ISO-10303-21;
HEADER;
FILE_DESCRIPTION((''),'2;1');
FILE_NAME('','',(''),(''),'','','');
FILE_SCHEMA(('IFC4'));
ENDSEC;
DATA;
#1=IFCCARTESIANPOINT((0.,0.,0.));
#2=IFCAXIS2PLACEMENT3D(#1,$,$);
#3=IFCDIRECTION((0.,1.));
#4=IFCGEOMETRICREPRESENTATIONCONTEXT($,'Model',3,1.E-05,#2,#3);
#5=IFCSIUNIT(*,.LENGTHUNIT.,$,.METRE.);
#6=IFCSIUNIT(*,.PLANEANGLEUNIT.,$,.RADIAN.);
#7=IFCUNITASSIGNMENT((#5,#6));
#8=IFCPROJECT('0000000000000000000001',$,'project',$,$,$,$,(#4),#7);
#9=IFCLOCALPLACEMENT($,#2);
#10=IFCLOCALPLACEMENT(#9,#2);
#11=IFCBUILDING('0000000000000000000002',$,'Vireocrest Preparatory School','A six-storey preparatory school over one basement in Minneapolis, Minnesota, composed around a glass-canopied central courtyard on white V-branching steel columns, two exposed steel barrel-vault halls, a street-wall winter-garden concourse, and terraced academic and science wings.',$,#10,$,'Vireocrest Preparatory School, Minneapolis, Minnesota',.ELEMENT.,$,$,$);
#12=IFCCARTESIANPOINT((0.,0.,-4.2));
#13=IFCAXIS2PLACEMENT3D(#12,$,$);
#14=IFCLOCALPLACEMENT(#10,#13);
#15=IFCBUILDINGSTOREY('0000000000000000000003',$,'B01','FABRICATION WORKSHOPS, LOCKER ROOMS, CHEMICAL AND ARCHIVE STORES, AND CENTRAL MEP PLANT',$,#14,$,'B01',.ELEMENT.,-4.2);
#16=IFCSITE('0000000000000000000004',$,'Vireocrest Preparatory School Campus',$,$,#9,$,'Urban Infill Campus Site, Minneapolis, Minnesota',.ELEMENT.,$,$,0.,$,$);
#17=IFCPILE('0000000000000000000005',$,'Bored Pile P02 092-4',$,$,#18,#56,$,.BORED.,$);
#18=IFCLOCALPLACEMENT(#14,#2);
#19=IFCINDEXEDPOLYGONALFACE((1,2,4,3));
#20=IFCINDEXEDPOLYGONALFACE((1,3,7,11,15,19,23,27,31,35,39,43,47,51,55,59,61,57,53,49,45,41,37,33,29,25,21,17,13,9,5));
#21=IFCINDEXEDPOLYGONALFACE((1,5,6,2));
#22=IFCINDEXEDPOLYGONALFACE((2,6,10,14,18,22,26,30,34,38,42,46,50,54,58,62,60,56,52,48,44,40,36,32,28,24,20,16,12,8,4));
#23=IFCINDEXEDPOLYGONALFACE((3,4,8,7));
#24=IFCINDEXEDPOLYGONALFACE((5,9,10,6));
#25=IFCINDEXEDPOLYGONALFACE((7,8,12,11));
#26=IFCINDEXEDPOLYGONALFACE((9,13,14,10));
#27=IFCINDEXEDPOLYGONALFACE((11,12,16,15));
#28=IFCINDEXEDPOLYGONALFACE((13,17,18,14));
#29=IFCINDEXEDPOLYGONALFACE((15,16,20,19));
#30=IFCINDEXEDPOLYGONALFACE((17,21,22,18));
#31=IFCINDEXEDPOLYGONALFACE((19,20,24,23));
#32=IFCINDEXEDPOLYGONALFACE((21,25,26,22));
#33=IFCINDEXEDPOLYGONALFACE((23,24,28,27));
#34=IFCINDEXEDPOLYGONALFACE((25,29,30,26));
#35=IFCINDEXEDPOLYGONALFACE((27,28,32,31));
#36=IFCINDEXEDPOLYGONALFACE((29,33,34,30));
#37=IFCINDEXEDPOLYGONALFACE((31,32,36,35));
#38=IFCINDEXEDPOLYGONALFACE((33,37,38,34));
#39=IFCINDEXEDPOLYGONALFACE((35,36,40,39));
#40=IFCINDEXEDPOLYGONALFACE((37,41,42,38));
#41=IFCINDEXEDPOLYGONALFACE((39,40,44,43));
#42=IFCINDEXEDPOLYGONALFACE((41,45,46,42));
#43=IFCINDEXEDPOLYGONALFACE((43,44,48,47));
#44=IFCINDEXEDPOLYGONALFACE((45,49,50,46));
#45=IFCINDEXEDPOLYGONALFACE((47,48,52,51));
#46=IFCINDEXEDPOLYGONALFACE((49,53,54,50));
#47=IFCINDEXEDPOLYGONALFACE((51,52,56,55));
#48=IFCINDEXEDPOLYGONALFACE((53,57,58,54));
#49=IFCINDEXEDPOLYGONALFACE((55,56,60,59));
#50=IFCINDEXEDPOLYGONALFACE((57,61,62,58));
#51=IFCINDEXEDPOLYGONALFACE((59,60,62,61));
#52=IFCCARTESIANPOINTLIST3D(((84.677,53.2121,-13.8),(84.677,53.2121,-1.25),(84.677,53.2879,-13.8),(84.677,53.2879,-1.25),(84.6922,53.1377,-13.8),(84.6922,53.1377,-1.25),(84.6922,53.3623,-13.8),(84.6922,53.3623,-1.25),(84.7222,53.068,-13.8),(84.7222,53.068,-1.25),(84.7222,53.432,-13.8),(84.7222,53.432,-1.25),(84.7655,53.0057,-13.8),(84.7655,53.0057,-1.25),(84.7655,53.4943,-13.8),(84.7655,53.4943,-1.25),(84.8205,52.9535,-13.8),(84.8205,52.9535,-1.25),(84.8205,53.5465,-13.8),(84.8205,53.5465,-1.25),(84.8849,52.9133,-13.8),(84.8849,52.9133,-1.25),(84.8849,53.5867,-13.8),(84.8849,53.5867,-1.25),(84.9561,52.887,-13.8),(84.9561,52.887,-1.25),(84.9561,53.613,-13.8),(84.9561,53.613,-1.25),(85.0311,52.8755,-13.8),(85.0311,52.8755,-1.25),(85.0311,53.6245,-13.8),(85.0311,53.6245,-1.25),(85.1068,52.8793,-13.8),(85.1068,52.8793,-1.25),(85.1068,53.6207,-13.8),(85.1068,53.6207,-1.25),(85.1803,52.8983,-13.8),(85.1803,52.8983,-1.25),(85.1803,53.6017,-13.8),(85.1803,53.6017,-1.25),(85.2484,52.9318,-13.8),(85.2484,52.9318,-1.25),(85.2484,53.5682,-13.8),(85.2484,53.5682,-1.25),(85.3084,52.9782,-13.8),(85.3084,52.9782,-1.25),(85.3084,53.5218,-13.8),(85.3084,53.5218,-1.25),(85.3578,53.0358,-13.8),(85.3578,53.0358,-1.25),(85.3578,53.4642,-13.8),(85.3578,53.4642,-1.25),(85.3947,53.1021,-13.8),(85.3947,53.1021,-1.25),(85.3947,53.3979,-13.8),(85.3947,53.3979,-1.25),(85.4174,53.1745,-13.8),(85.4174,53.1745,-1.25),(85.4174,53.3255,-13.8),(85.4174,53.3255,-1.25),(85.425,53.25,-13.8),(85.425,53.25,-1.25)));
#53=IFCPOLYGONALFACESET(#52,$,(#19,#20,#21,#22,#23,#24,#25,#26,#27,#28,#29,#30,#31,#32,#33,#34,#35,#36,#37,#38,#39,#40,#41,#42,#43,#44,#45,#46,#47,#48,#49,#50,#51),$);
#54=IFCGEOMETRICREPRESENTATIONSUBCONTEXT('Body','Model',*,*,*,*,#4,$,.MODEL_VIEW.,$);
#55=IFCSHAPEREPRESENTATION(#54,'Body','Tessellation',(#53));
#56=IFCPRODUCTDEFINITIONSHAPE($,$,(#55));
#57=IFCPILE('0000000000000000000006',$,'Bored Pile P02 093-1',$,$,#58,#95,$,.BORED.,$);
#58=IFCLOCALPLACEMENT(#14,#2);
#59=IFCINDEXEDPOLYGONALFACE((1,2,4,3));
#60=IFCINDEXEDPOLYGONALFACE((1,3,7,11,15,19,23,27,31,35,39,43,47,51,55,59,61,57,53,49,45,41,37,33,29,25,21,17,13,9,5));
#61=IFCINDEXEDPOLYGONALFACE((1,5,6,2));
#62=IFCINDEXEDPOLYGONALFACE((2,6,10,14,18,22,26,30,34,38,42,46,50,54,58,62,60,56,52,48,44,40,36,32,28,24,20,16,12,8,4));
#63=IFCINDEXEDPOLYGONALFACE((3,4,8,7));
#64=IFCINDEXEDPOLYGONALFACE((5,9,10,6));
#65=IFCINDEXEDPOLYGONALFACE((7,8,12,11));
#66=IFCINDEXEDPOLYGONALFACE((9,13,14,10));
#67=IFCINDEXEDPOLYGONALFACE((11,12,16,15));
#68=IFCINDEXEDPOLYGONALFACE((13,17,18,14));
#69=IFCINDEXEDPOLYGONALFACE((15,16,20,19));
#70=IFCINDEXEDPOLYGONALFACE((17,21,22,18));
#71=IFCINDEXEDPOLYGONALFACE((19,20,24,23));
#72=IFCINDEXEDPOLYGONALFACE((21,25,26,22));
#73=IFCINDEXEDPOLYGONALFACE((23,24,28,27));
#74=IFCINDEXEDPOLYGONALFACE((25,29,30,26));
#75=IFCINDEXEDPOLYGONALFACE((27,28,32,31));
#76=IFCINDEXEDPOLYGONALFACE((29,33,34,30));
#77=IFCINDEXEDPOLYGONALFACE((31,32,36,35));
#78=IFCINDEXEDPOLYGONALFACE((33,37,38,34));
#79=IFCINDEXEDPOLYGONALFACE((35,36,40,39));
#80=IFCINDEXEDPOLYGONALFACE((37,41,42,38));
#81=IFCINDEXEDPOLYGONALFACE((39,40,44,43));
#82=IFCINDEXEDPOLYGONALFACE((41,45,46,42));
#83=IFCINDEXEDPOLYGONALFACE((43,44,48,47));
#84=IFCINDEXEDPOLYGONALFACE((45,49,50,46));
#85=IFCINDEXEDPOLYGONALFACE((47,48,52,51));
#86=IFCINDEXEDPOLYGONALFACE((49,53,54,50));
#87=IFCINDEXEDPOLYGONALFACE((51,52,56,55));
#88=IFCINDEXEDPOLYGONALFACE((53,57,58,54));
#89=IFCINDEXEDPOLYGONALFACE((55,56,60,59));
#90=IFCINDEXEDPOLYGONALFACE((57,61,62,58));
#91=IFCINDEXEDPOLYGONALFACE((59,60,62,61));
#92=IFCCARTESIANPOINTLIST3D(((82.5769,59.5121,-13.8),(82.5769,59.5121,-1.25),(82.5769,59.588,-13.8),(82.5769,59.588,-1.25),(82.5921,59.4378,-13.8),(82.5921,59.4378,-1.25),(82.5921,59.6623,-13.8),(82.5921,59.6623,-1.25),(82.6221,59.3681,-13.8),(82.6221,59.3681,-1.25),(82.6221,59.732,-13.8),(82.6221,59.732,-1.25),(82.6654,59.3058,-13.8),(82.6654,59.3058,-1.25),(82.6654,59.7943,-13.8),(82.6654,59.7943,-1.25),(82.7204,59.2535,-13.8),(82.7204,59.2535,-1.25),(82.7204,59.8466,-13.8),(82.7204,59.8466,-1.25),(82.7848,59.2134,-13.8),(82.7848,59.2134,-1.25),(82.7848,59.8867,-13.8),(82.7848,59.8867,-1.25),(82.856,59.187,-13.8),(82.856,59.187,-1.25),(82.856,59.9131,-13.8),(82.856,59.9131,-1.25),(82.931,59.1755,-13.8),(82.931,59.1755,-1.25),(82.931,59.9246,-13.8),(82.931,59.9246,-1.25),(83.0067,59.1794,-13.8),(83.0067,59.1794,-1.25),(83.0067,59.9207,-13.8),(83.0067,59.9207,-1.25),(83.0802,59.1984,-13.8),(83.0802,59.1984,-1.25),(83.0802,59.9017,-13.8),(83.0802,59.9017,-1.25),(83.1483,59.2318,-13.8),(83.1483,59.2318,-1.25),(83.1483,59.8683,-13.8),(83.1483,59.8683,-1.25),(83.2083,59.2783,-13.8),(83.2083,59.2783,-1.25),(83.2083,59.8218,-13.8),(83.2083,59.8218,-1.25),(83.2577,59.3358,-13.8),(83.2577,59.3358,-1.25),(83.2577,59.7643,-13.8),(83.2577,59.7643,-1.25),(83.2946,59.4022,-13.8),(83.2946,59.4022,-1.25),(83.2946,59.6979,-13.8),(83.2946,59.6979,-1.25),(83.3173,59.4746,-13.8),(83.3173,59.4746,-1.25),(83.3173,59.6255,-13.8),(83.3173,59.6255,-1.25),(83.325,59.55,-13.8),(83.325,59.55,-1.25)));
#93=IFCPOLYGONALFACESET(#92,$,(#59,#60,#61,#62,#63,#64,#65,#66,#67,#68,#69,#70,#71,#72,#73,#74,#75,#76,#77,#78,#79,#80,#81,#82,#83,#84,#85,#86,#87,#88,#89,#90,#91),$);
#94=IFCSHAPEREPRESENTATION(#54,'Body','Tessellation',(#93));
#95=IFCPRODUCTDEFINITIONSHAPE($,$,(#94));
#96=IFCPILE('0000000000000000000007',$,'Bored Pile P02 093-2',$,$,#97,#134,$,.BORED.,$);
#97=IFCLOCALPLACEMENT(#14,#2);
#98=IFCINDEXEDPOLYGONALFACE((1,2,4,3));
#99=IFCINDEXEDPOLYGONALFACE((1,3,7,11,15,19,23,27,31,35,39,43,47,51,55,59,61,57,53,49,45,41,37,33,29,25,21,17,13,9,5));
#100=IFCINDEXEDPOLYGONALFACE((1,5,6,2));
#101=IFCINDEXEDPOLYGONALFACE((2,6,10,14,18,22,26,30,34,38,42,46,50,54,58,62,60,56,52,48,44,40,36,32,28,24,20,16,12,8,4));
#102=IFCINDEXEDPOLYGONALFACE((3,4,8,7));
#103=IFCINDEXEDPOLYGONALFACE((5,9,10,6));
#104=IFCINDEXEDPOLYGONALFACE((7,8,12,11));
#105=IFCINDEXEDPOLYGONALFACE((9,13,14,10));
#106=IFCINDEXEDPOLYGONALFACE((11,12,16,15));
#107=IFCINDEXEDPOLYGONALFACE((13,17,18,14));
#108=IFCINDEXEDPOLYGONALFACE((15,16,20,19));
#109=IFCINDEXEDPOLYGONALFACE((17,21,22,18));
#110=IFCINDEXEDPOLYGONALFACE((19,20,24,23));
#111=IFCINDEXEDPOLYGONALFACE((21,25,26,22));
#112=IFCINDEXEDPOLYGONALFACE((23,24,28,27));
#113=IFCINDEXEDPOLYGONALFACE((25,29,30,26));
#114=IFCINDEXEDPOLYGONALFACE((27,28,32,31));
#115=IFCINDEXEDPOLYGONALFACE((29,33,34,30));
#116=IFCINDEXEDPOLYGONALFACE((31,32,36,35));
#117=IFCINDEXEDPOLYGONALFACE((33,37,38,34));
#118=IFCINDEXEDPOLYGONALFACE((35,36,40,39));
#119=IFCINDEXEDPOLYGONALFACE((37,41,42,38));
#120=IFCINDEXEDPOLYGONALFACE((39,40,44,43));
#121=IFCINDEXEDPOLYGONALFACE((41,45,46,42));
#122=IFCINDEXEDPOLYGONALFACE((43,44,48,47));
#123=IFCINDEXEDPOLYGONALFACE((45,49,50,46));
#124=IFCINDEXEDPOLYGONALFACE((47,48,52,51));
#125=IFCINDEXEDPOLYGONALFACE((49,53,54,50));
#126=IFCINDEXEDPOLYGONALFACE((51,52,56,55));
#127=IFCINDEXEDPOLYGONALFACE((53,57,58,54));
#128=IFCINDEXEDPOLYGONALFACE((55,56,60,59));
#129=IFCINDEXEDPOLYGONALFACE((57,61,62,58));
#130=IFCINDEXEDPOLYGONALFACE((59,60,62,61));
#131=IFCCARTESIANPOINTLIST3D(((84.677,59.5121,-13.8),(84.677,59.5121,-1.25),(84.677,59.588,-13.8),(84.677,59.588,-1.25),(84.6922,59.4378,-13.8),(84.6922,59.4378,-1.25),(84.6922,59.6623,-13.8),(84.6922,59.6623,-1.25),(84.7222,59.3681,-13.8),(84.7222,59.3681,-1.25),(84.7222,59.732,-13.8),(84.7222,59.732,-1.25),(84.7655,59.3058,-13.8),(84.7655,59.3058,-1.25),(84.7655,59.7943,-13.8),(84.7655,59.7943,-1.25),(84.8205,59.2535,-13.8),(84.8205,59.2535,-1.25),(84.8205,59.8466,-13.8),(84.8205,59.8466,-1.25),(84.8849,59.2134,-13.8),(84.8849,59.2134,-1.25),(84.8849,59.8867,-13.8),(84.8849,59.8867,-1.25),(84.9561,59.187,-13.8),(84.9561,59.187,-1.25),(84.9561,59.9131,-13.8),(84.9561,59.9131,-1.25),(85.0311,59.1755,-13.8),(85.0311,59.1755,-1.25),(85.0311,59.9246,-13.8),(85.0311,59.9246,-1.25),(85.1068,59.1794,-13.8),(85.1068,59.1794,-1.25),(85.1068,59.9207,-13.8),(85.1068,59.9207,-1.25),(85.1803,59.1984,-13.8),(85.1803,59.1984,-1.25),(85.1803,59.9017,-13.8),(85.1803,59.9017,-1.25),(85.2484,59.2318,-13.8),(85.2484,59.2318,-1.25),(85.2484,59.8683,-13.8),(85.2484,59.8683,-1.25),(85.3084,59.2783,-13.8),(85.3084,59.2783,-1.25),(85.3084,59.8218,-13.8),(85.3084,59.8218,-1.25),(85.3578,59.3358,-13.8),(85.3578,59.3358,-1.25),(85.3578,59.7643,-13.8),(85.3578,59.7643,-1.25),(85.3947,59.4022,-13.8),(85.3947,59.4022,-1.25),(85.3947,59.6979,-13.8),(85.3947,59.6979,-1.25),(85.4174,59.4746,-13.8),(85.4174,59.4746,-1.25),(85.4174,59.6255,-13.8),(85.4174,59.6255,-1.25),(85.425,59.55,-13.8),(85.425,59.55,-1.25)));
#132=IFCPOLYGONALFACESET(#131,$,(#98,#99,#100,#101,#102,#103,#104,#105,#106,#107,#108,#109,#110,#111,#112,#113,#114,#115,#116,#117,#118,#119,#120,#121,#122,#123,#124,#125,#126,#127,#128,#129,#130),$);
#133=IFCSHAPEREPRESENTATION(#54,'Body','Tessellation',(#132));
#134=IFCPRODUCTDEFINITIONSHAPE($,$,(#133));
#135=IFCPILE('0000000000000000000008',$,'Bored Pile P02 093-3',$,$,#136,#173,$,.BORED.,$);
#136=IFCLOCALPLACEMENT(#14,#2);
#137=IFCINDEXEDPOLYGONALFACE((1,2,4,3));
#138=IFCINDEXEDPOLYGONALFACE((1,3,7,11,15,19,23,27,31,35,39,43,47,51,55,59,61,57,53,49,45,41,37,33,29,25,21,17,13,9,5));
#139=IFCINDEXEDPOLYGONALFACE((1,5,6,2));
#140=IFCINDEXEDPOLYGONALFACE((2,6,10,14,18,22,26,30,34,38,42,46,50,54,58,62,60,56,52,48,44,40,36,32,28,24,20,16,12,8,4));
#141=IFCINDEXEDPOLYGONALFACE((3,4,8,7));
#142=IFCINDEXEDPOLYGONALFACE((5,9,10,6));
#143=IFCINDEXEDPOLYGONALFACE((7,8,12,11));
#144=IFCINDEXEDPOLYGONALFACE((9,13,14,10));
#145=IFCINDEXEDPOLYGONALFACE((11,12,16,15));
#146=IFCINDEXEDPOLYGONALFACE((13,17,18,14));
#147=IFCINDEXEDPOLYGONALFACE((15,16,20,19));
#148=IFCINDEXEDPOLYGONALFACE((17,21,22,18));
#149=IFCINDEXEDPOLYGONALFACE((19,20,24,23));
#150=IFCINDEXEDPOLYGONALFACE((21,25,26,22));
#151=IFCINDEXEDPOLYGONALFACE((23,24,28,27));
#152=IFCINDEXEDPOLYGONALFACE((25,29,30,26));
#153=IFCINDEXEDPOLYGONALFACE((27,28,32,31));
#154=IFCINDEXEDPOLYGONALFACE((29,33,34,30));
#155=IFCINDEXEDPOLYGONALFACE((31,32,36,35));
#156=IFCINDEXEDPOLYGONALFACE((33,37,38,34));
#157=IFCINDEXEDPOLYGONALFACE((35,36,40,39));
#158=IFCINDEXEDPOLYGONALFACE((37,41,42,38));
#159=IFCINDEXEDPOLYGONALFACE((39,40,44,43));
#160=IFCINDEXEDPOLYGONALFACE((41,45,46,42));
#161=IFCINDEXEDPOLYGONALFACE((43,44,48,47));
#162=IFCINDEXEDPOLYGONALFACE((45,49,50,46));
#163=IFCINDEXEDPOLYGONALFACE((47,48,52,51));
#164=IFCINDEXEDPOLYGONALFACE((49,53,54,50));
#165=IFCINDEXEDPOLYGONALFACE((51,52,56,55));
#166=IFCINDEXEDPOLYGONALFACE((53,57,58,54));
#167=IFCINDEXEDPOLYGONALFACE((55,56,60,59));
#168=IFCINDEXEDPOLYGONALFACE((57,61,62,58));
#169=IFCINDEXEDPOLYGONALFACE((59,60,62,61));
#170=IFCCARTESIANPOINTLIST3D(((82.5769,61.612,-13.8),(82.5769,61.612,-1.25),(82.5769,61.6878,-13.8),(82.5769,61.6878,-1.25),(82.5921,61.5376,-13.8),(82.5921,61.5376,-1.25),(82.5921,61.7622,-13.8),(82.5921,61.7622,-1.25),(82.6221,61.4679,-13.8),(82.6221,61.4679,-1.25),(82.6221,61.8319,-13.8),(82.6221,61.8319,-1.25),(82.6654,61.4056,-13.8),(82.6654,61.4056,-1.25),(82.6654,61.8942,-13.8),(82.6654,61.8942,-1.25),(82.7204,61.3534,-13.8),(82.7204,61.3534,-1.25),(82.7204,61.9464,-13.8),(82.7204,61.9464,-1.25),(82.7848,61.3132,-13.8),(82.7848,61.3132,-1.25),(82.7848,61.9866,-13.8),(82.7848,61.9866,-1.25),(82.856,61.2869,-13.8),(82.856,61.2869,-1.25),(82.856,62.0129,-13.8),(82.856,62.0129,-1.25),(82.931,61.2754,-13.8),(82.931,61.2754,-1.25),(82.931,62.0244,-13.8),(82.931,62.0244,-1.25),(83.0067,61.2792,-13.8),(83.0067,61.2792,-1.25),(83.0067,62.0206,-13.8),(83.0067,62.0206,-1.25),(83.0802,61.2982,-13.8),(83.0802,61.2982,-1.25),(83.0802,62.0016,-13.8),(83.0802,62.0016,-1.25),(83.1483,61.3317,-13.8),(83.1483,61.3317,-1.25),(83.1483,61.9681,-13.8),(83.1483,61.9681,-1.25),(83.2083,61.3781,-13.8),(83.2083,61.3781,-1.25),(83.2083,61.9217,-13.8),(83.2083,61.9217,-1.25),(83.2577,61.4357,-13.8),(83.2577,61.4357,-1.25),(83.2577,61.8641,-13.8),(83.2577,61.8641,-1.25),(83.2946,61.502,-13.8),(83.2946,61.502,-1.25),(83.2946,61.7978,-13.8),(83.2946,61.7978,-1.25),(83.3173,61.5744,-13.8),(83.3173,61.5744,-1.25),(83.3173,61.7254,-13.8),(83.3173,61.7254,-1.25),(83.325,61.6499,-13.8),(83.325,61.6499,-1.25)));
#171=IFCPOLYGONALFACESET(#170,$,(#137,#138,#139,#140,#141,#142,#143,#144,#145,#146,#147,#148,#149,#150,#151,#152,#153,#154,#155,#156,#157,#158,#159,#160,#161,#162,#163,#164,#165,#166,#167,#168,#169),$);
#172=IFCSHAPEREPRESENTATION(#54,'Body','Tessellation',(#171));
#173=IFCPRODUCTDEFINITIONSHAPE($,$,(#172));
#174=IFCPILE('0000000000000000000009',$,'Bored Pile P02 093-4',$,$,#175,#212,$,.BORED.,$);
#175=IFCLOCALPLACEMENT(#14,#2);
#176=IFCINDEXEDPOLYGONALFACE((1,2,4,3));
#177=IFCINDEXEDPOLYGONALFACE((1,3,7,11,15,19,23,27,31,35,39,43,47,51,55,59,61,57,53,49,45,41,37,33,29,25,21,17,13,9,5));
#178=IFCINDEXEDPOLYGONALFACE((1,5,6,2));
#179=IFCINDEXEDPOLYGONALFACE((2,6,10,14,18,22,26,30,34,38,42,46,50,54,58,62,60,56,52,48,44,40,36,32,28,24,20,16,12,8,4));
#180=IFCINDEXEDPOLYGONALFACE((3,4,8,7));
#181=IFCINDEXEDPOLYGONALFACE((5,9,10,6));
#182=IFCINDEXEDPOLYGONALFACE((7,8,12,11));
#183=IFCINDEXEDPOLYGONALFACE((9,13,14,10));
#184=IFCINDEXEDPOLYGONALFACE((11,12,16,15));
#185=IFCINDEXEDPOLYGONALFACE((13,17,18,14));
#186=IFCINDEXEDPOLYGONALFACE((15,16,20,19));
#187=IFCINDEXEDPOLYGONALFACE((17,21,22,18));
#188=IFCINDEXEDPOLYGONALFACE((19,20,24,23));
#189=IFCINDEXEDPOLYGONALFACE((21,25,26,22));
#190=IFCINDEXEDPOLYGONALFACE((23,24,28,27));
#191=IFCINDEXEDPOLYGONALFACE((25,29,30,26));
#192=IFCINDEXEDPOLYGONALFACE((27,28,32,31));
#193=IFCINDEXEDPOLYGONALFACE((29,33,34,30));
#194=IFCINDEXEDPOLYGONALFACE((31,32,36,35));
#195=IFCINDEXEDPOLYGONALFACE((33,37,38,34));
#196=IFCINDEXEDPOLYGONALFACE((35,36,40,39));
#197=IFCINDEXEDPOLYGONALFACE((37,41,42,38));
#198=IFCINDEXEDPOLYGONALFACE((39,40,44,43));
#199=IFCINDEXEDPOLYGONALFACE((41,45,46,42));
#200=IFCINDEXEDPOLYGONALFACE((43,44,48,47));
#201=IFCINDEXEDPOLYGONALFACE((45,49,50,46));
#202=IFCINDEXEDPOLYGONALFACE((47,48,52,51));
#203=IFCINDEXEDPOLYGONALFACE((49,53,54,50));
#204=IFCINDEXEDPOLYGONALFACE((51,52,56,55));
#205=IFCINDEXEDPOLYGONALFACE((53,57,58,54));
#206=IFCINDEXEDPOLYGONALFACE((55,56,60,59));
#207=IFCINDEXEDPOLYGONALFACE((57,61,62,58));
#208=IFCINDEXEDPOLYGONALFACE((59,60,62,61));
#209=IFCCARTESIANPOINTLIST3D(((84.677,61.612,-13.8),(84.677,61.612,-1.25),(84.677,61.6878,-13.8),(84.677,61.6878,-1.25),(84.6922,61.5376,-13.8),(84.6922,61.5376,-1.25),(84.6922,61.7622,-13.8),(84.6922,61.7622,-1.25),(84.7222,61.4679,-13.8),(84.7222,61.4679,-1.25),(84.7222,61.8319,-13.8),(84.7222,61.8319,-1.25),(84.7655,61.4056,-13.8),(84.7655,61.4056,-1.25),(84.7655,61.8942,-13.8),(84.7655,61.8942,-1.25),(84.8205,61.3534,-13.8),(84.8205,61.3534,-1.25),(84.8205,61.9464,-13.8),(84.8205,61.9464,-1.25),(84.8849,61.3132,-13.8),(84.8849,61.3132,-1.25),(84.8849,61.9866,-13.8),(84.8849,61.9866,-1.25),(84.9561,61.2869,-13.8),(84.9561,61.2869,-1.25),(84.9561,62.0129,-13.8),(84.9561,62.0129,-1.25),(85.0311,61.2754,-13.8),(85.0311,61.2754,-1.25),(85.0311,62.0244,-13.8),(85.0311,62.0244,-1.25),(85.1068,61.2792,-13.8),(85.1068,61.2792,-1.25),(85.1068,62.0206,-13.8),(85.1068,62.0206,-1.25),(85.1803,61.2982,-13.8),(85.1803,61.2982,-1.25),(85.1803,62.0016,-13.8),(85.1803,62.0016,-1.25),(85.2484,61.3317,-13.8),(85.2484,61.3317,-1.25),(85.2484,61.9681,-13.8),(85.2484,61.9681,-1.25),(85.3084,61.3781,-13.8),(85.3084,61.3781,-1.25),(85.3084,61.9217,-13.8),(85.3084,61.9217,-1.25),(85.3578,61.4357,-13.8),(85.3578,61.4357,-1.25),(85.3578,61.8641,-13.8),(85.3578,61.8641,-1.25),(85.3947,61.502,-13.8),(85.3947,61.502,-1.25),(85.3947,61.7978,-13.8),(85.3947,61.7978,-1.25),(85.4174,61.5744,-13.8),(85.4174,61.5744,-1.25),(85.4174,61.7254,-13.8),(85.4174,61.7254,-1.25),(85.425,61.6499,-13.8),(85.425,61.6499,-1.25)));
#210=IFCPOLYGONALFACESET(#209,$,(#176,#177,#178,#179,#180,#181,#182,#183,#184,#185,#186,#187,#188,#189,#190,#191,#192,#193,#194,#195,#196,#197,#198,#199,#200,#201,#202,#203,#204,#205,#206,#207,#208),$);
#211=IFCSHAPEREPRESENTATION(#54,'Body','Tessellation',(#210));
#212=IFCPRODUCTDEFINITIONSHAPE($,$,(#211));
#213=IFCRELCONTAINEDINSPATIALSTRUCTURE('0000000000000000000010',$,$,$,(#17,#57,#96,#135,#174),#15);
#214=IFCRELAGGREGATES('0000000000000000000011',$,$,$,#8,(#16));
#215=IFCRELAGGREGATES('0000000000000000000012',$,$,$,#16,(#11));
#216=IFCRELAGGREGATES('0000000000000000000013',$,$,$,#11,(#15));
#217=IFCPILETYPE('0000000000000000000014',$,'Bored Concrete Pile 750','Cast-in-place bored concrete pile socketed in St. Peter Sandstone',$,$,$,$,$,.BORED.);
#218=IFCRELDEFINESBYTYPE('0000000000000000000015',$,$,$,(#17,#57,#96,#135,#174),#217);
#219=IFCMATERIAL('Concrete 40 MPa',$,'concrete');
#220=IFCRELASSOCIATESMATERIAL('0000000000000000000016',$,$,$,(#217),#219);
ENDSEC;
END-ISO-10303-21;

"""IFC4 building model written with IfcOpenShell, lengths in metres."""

from ifc_helpers import new_model, si_unit, direction, frame, origin, origin_2d, place, context, subcontext, project, spatial, circle, extrude, material, material_profile, profile_set, type_object, element, save


model = new_model("IFC4")

# Units and contexts
model_context = context("Model", 3, precision=1e-05, world=origin(), true_north=direction((0.0, 1.0)))
body_context = subcontext(model_context, "Body", "Model", "MODEL_VIEW")
ifc_project = project(units=[si_unit("LENGTHUNIT", "METRE"), si_unit("PLANEANGLEUNIT", "RADIAN")], contexts=[model_context])

# Site, building, storey
site_placement = place(None, origin())
site = spatial("IfcSite", under=ifc_project, at=site_placement, Name="Vireocrest Preparatory School Campus", LongName="Urban Infill Campus Site, Minneapolis, Minnesota", CompositionType="ELEMENT", RefElevation=0.0)
building_placement = place(site_placement, origin())
building = spatial("IfcBuilding", under=site, at=building_placement, Name="Vireocrest Preparatory School", Description="A six-storey preparatory school over one basement in Minneapolis, Minnesota, composed around a glass-canopied central courtyard on white V-branching steel columns, two exposed steel barrel-vault halls, a street-wall winter-garden concourse, and terraced academic and science wings.", LongName="Vireocrest Preparatory School, Minneapolis, Minnesota", CompositionType="ELEMENT")
storey_placement = place(building_placement, frame((0.0, 0.0, -4.2)))
storey = spatial("IfcBuildingStorey", under=building, at=storey_placement, Name="B01", Description="FABRICATION WORKSHOPS, LOCKER ROOMS, CHEMICAL AND ARCHIVE STORES, AND CENTRAL MEP PLANT", LongName="B01", CompositionType="ELEMENT", Elevation=-4.2)

# Piles
ifc_material_1 = material(Name="Concrete 40 MPa", Category="concrete")
ifc_material_profile_1 = material_profile(ifc_material_1, circle(Radius=0.375, at=origin_2d()), Name="BORED PILE 750")
ifc_profile_set_1 = profile_set([ifc_material_profile_1], Name="Concrete 40 MPa")
pile_type = type_object("IfcPileType", Name="Bored Concrete Pile 750", Description="Cast-in-place bored concrete pile socketed in St. Peter Sandstone", PredefinedType="BORED", material=ifc_profile_set_1)
for number, where, z_axis, x_axis, name in (
    (1, (85.05, 53.25, -1.25), (0.0, 0.0, -1.0), (1.0, 0.0, 0.0), "Bored Pile P02 092-4"),
    (2, (82.95, 59.55, -1.25), (0.0, 0.0, -1.0), (1.0, 0.0, 0.0), "Bored Pile P02 093-1"),
    (3, (85.05, 59.55, -1.25), (0.0, 0.0, -1.0), (1.0, 0.0, 0.0), "Bored Pile P02 093-2"),
    (4, (82.95, 61.6499, -1.25), (0.0, 0.0, -1.0), (1.0, 0.0, 0.0), "Bored Pile P02 093-3"),
    (5, (85.05, 61.6499, -1.25), (0.0, 0.0, -1.0), (1.0, 0.0, 0.0), "Bored Pile P02 093-4"),
):
    element("IfcPile", number, at=place(storey_placement, frame(where, z_axis=z_axis, x_axis=x_axis)), inside=storey, type_object=pile_type, Name=name, PredefinedType="BORED", context=body_context, shape_type="SweptSolid", body=[
        extrude(circle(Radius=0.375, at=origin_2d()), origin(), (0.0, 0.0, 1.0), 12.55),
    ])

save(model, "model.ifc")
